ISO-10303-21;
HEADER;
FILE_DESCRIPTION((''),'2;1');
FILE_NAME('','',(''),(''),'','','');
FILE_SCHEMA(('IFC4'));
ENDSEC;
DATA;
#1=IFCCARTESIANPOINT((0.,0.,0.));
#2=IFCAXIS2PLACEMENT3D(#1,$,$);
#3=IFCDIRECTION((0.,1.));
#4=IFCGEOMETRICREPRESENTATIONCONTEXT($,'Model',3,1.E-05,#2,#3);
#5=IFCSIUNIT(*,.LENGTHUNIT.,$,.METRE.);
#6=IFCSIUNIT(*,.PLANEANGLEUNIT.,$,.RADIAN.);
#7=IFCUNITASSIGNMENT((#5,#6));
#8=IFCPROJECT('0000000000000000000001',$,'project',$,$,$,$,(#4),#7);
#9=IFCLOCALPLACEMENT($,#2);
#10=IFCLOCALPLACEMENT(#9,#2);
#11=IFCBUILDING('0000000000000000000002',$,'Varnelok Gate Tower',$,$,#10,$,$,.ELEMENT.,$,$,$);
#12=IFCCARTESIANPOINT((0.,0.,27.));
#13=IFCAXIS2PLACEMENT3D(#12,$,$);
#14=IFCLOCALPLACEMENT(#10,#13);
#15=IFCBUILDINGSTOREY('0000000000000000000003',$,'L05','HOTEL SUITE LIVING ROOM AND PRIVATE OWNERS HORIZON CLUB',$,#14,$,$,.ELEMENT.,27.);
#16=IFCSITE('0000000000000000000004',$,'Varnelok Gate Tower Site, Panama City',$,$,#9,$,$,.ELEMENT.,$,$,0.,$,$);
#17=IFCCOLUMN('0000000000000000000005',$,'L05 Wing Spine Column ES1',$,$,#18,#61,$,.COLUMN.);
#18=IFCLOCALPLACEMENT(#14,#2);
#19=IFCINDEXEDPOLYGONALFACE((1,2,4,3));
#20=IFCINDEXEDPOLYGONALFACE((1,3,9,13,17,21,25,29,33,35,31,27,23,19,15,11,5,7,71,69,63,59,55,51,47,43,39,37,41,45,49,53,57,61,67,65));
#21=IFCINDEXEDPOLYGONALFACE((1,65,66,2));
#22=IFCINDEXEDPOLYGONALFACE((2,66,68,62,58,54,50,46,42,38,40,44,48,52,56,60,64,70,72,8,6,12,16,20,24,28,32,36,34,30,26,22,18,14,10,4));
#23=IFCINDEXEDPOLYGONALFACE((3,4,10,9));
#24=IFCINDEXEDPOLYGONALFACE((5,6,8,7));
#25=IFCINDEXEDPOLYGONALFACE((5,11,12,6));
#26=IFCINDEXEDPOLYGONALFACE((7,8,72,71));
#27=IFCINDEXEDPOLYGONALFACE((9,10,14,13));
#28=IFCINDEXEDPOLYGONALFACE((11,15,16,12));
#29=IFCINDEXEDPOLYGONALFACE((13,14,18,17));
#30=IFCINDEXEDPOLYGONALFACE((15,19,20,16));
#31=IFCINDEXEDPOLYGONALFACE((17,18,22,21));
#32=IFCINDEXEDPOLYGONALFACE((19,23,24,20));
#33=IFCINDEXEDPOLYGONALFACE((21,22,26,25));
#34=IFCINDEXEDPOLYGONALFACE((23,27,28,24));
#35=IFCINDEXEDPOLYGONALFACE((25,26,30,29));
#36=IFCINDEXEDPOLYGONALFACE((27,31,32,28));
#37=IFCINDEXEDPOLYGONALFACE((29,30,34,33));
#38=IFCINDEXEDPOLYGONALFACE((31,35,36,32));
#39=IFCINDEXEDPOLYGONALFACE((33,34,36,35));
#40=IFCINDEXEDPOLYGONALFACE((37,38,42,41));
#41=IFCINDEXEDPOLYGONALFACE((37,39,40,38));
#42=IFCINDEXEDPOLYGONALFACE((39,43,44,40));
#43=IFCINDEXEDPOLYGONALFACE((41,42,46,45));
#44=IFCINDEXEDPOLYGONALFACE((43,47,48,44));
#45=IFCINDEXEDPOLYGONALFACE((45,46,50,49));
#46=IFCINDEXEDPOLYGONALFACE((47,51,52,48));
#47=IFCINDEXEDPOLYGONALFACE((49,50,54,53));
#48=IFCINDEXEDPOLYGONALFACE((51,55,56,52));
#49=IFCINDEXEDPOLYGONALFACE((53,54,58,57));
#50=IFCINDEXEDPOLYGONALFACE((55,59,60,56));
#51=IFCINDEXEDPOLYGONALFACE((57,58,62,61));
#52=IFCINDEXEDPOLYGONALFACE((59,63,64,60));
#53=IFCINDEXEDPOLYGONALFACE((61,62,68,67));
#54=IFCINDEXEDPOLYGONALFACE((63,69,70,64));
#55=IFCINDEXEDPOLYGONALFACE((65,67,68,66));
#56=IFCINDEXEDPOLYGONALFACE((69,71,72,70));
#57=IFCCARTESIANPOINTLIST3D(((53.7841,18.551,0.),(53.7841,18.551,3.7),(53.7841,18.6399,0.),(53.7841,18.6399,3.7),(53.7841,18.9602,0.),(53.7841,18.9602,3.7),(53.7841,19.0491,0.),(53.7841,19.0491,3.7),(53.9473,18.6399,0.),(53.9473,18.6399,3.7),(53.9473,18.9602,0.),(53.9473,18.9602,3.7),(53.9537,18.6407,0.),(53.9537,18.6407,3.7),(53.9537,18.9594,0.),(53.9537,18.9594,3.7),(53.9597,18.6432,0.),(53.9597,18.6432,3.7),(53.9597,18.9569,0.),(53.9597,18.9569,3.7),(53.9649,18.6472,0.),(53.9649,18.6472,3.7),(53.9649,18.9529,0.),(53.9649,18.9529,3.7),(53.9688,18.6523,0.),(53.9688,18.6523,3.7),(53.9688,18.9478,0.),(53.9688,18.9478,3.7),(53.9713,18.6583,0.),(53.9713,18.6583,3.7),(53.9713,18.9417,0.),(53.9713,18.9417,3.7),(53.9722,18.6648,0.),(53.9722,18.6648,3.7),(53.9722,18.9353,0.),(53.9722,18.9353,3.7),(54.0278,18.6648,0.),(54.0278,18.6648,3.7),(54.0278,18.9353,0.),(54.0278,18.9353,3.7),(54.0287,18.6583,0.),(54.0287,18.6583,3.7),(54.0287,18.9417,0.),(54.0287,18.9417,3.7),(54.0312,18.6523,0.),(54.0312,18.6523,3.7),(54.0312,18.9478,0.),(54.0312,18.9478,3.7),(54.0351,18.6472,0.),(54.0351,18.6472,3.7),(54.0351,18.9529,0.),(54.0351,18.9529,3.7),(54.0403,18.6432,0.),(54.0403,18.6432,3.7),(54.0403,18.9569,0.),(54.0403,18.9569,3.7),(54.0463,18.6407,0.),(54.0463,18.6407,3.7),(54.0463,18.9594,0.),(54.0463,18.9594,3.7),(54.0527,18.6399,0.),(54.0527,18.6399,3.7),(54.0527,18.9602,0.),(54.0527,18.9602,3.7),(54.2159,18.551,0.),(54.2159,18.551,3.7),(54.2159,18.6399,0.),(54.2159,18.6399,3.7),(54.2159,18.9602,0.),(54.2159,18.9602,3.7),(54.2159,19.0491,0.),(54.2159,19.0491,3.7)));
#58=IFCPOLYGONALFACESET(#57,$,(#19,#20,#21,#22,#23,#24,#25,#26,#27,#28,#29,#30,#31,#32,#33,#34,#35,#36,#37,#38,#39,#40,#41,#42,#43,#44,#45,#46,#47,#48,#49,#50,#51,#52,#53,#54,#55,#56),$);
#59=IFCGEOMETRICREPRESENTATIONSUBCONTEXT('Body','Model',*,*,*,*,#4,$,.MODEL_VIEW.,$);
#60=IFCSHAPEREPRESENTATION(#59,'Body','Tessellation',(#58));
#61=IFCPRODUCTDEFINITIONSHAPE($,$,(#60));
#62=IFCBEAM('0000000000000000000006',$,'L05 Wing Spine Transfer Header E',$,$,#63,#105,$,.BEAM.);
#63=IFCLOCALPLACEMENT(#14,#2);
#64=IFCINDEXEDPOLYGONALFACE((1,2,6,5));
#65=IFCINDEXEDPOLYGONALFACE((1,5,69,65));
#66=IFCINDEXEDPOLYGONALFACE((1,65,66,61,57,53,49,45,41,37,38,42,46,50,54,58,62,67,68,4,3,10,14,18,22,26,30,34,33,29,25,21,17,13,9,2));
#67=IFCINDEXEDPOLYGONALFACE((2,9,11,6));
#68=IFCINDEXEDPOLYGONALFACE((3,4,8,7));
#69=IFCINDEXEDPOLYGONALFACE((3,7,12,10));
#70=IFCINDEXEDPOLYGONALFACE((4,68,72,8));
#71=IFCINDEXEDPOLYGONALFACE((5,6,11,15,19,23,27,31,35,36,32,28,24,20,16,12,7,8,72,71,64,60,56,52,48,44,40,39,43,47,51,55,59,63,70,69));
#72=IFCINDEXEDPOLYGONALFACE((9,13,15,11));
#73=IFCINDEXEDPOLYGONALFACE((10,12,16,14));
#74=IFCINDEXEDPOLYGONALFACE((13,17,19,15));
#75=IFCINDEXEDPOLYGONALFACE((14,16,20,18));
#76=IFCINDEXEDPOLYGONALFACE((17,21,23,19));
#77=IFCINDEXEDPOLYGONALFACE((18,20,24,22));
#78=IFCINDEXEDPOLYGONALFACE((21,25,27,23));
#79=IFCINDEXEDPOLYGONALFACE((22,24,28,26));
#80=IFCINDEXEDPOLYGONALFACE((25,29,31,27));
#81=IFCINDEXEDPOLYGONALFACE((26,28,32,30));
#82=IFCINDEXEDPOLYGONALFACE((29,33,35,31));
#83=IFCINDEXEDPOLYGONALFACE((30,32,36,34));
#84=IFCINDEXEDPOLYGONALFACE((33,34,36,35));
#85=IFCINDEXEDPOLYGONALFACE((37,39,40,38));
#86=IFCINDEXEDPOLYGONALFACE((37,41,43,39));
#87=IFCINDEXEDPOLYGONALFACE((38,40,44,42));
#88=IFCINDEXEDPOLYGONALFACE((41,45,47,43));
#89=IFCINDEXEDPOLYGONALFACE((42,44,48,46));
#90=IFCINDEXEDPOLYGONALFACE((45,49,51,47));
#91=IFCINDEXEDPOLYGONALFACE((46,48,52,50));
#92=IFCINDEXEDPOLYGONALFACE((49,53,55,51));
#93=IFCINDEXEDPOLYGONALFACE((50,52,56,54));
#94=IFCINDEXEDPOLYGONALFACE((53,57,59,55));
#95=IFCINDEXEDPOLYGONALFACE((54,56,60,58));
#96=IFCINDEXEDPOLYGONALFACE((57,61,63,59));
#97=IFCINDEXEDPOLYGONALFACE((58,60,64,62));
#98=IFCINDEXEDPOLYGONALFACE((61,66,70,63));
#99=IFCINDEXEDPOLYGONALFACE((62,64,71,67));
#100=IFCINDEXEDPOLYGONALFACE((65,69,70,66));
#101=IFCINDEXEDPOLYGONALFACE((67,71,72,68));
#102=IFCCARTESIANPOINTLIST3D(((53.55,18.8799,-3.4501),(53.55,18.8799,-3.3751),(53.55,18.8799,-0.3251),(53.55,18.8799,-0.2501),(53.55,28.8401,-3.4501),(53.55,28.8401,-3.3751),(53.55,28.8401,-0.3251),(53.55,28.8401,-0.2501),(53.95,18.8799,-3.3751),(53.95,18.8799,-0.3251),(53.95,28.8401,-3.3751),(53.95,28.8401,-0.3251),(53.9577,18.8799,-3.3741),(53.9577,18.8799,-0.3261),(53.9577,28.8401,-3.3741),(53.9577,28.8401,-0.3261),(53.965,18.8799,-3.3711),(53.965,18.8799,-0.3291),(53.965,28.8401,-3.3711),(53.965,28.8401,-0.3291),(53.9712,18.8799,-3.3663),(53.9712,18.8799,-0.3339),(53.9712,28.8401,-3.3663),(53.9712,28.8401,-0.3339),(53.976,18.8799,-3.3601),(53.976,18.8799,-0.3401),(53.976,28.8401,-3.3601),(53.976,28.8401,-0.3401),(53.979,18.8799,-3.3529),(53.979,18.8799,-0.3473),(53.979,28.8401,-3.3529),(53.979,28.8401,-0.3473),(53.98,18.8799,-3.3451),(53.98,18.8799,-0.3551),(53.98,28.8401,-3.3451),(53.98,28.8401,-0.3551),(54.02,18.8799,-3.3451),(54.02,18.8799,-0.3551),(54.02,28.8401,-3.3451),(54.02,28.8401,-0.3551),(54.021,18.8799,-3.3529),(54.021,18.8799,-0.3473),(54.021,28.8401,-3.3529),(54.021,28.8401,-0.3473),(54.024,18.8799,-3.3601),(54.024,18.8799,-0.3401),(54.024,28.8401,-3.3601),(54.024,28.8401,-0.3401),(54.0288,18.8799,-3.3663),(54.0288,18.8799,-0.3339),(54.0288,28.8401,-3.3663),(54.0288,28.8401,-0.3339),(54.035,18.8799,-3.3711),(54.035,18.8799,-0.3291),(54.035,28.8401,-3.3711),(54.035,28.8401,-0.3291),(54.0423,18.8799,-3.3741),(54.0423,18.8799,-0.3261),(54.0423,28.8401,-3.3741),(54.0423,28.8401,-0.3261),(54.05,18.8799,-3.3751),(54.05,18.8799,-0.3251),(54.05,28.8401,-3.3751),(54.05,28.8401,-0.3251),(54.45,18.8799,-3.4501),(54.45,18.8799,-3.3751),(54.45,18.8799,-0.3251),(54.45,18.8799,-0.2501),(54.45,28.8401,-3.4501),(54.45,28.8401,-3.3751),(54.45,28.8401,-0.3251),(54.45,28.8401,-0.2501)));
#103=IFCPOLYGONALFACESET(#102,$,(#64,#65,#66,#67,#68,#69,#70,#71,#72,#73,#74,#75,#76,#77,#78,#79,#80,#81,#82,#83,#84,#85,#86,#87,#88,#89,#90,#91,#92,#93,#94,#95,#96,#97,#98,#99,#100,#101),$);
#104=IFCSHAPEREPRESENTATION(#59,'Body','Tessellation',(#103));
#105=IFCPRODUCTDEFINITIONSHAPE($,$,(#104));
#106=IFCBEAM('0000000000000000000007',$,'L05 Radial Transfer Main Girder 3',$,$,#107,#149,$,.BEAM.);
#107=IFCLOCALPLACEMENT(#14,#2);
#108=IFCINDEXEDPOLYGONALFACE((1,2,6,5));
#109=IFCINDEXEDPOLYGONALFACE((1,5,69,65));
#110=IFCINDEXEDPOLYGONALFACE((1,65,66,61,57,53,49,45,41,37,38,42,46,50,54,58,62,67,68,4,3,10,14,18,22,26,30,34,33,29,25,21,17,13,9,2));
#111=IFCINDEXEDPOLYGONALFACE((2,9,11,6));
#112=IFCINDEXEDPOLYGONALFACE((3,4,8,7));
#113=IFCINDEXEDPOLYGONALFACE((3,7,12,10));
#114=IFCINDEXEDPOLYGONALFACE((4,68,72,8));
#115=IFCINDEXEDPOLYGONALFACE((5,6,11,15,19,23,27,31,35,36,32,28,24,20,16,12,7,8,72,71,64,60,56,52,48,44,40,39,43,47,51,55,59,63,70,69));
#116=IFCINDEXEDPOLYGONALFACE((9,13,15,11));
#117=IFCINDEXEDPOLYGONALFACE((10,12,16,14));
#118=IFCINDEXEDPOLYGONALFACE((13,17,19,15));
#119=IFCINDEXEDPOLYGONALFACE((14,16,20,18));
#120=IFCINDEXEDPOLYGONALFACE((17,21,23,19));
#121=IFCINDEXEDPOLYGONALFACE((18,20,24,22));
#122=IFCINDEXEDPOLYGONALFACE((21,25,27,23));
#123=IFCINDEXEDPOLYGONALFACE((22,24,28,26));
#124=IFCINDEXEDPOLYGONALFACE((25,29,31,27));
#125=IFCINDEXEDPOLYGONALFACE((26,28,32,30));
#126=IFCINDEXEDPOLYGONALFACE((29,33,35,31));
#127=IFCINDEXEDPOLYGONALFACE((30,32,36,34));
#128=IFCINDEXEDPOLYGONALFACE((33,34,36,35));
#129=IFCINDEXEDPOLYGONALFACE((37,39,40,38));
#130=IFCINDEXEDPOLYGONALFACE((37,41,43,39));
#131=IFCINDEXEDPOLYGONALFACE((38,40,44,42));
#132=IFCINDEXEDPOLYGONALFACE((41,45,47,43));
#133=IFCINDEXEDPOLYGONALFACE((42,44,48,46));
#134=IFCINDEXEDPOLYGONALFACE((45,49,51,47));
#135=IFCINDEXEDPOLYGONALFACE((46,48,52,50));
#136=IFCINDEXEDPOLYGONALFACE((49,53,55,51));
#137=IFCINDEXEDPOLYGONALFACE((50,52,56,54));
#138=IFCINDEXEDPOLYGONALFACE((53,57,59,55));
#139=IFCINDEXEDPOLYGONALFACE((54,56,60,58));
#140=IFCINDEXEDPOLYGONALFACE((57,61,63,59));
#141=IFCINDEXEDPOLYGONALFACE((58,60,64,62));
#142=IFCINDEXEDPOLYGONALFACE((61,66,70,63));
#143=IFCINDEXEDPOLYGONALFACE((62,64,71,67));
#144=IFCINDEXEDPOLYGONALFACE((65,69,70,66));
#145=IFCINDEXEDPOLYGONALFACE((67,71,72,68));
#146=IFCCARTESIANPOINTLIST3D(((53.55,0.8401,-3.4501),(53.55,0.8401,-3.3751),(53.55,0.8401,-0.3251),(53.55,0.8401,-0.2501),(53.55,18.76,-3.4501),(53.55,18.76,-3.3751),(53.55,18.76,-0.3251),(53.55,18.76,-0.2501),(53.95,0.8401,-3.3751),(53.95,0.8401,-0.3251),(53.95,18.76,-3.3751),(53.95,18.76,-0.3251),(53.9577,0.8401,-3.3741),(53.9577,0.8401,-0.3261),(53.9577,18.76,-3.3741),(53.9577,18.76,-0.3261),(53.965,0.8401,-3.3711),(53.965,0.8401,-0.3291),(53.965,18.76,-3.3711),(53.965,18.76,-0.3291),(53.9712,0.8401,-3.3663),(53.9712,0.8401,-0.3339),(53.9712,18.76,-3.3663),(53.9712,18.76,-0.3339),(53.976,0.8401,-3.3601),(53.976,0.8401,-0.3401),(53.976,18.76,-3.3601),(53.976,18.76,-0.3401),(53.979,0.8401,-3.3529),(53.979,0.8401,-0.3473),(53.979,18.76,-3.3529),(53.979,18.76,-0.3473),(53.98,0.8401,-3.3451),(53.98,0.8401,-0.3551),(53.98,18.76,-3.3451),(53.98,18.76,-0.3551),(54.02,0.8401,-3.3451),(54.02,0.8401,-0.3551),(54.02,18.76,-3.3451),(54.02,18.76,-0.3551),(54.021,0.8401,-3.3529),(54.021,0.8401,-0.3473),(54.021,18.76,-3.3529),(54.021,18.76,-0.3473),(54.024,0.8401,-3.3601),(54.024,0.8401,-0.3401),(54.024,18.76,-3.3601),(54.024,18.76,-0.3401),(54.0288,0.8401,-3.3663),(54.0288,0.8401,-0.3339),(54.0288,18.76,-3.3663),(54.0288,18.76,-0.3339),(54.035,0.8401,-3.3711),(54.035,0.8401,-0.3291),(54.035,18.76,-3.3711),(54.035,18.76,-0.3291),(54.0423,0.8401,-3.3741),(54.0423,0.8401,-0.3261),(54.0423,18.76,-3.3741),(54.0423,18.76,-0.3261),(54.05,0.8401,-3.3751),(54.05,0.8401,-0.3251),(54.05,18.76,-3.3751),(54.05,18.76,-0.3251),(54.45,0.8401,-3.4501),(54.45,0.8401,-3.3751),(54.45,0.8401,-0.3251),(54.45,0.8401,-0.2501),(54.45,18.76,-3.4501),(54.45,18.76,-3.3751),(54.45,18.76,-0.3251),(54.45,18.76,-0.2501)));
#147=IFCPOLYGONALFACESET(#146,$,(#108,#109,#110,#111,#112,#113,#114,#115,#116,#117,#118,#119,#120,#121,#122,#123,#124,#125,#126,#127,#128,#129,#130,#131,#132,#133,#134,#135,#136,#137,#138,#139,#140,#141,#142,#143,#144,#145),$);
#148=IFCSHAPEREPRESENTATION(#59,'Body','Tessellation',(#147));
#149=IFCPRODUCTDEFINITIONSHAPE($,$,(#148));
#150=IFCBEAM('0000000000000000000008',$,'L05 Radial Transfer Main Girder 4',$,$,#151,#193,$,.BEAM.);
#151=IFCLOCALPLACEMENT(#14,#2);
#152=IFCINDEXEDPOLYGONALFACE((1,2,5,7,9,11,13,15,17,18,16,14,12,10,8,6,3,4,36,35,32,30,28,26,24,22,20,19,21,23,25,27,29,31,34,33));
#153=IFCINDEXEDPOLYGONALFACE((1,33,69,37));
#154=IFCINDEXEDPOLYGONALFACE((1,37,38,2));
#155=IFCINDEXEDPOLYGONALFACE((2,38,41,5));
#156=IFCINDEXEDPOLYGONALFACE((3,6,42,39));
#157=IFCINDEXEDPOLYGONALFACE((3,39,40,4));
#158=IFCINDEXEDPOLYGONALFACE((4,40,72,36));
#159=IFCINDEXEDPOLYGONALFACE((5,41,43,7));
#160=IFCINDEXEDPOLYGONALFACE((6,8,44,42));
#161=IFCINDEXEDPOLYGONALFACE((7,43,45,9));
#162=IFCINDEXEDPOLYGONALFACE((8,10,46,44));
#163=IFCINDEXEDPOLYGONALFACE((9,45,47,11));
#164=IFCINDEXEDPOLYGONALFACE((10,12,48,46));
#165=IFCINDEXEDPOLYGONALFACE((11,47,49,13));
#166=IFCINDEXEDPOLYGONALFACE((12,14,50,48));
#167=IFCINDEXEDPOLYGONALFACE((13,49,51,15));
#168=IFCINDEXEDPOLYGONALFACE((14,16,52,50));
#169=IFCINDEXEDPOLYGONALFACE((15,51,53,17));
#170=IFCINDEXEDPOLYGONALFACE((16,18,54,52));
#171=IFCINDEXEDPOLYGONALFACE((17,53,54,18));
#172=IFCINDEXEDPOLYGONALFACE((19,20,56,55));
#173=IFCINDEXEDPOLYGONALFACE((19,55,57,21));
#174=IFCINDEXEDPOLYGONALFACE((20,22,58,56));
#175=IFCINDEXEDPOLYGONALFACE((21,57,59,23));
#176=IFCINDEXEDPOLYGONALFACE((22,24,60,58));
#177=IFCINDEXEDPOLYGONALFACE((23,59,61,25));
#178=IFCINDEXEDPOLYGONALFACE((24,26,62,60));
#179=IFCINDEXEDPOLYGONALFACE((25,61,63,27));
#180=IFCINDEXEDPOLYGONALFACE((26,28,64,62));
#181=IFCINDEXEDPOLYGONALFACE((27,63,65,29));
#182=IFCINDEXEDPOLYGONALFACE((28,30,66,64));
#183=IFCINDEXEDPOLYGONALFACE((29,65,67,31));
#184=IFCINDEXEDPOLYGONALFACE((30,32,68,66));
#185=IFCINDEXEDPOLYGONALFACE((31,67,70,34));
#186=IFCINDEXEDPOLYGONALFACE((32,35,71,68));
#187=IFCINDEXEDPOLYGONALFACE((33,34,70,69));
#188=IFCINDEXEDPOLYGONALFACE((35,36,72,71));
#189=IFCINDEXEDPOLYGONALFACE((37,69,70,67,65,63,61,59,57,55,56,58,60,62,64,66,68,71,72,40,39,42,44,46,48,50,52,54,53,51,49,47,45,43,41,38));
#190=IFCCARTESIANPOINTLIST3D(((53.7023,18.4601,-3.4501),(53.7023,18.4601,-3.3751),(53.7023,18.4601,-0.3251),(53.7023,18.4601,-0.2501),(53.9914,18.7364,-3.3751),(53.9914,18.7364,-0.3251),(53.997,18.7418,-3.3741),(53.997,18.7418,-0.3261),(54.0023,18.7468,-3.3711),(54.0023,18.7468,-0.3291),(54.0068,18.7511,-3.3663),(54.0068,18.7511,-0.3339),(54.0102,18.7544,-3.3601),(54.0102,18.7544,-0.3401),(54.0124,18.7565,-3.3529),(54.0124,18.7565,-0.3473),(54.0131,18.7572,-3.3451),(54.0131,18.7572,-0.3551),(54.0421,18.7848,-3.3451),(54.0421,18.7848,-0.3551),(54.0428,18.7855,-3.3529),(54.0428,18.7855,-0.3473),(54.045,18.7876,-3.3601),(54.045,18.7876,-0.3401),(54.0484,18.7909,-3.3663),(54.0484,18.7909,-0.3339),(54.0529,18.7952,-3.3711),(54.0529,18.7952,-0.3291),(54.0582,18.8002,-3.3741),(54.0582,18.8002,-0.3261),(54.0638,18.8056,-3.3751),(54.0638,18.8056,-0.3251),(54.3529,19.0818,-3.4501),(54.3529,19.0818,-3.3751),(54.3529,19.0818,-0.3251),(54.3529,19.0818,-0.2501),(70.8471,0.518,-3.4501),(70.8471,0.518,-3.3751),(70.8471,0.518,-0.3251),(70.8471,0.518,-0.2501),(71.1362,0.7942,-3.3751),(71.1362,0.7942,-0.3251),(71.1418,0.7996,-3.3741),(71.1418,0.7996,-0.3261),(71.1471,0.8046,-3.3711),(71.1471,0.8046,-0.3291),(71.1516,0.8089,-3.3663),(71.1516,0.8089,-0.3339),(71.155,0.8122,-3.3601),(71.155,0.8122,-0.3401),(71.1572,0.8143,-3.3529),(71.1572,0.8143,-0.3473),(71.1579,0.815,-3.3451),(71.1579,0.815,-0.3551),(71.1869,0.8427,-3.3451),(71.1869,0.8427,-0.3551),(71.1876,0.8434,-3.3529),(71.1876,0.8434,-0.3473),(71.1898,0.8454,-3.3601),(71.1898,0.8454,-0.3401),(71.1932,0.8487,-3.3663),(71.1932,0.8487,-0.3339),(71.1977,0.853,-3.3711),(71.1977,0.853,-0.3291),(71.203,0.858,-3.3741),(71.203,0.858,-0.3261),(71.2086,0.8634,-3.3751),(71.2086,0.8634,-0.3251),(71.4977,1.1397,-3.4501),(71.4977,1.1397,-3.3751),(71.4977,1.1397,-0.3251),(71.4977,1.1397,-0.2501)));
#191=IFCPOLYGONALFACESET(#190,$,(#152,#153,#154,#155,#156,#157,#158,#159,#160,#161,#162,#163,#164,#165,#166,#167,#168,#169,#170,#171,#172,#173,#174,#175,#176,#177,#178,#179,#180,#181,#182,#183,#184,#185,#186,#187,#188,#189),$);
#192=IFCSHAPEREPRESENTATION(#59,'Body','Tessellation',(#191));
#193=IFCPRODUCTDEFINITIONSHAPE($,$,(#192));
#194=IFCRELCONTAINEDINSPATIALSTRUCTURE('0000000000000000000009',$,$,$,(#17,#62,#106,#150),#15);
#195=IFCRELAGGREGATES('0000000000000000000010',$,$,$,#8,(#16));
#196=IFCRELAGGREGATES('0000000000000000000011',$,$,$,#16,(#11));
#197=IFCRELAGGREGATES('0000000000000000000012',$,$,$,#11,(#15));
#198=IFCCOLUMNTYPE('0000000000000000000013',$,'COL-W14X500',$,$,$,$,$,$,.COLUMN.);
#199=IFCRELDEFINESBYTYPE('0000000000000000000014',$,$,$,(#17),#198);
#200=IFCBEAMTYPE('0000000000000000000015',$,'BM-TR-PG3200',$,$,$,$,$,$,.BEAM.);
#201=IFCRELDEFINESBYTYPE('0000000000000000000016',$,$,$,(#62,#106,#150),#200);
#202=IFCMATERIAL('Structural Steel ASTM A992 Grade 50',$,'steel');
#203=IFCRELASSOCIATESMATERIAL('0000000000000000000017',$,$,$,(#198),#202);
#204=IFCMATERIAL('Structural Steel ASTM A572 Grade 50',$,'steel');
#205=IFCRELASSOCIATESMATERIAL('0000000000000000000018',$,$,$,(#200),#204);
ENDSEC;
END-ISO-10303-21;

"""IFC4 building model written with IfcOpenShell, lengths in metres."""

from ifc_helpers import new_model, si_unit, direction, frame, origin, origin_2d, place, context, subcontext, project, spatial, i_section, extrude, material, material_profile, profile_set, type_object, element, save


model = new_model("IFC4")

# Units and contexts
model_context = context("Model", 3, precision=1e-05, world=origin(), true_north=direction((0.0, 1.0)))
body_context = subcontext(model_context, "Body", "Model", "MODEL_VIEW")
ifc_project = project(units=[si_unit("LENGTHUNIT", "METRE"), si_unit("PLANEANGLEUNIT", "RADIAN")], contexts=[model_context])

# Site, building, storey
site_placement = place(None, origin())
site = spatial("IfcSite", under=ifc_project, at=site_placement, Name="Varnelok Gate Tower Site, Panama City", CompositionType="ELEMENT", RefElevation=0.0)
building_placement = place(site_placement, origin())
building = spatial("IfcBuilding", under=site, at=building_placement, Name="Varnelok Gate Tower", CompositionType="ELEMENT")
storey_placement = place(building_placement, frame((0.0, 0.0, 27.0)))
storey = spatial("IfcBuildingStorey", under=building, at=storey_placement, Name="L05", Description="HOTEL SUITE LIVING ROOM AND PRIVATE OWNERS HORIZON CLUB", CompositionType="ELEMENT", Elevation=27.0)

# Column
ifc_material_1 = material(Name="Structural Steel ASTM A992 Grade 50", Category="steel")
ifc_material_profile_1 = material_profile(ifc_material_1, i_section(OverallWidth=0.4319, OverallDepth=0.498, WebThickness=0.0557, FlangeThickness=0.0889, FilletRadius=0.0249, at=origin_2d()), Name="W14X500")
ifc_profile_set_1 = profile_set([ifc_material_profile_1], Name="Structural Steel ASTM A992 Grade 50")
column_type = type_object("IfcColumnType", Name="COL-W14X500", PredefinedType="COLUMN", material=ifc_profile_set_1)
column_placement = place(storey_placement, frame((54.0, 18.8, 0.0), z_axis=(0.0, 0.0, 1.0), x_axis=(1.0, 0.0, 0.0)))
element("IfcColumn", 1, at=column_placement, inside=storey, type_object=column_type, Name="L05 Wing Spine Column ES1", PredefinedType="COLUMN", context=body_context, shape_type="SweptSolid", body=[
    extrude(i_section(OverallWidth=0.4319, OverallDepth=0.498, WebThickness=0.0557, FlangeThickness=0.0889, FilletRadius=0.0249, at=origin_2d()), origin(), (0.0, 0.0, 1.0), 3.7),
])

# Beams
ifc_material_2 = material(Name="Structural Steel ASTM A572 Grade 50", Category="steel")
ifc_material_profile_2 = material_profile(ifc_material_2, i_section(OverallWidth=0.8999, OverallDepth=3.2, WebThickness=0.04, FlangeThickness=0.075, FilletRadius=0.03, at=origin_2d()), Name="PG3200X900")
ifc_profile_set_2 = profile_set([ifc_material_profile_2], Name="Structural Steel ASTM A572 Grade 50")
beam_type = type_object("IfcBeamType", Name="BM-TR-PG3200", PredefinedType="BEAM", material=ifc_profile_set_2)
beam_1_placement = place(storey_placement, frame((54.0, 18.8799, -1.8501), z_axis=(0.0, 1.0, 0.0), x_axis=(-1.0, 0.0, 0.0)))
element("IfcBeam", 2, at=beam_1_placement, inside=storey, type_object=beam_type, Name="L05 Wing Spine Transfer Header E", PredefinedType="BEAM", context=body_context, shape_type="SweptSolid", body=[
    extrude(i_section(OverallWidth=0.8999, OverallDepth=3.2, WebThickness=0.04, FlangeThickness=0.075, FilletRadius=0.03, at=origin_2d()), origin(), (0.0, 0.0, 1.0), 9.9602),
])
beam_2_placement = place(storey_placement, frame((54.0, 18.76, -1.8501), z_axis=(0.0, -1.0, 0.0), x_axis=(1.0, 0.0, 0.0)))
element("IfcBeam", 3, at=beam_2_placement, inside=storey, type_object=beam_type, Name="L05 Radial Transfer Main Girder 3", PredefinedType="BEAM", context=body_context, shape_type="SweptSolid", body=[
    extrude(i_section(OverallWidth=0.8999, OverallDepth=3.2, WebThickness=0.04, FlangeThickness=0.075, FilletRadius=0.03, at=origin_2d()), origin(), (0.0, 0.0, 1.0), 17.9199),
])
beam_3_placement = place(storey_placement, frame((54.0276, 18.771, -1.8501), z_axis=(0.690859, -0.722989, 0.0), x_axis=(0.722989, 0.690859, 0.0)))
element("IfcBeam", 4, at=beam_3_placement, inside=storey, type_object=beam_type, Name="L05 Radial Transfer Main Girder 4", PredefinedType="BEAM", context=body_context, shape_type="SweptSolid", body=[
    extrude(i_section(OverallWidth=0.8999, OverallDepth=3.2, WebThickness=0.04, FlangeThickness=0.075, FilletRadius=0.03, at=origin_2d()), origin(), (0.0, 0.0, 1.0), 24.8167),
])

save(model, "model.ifc")
